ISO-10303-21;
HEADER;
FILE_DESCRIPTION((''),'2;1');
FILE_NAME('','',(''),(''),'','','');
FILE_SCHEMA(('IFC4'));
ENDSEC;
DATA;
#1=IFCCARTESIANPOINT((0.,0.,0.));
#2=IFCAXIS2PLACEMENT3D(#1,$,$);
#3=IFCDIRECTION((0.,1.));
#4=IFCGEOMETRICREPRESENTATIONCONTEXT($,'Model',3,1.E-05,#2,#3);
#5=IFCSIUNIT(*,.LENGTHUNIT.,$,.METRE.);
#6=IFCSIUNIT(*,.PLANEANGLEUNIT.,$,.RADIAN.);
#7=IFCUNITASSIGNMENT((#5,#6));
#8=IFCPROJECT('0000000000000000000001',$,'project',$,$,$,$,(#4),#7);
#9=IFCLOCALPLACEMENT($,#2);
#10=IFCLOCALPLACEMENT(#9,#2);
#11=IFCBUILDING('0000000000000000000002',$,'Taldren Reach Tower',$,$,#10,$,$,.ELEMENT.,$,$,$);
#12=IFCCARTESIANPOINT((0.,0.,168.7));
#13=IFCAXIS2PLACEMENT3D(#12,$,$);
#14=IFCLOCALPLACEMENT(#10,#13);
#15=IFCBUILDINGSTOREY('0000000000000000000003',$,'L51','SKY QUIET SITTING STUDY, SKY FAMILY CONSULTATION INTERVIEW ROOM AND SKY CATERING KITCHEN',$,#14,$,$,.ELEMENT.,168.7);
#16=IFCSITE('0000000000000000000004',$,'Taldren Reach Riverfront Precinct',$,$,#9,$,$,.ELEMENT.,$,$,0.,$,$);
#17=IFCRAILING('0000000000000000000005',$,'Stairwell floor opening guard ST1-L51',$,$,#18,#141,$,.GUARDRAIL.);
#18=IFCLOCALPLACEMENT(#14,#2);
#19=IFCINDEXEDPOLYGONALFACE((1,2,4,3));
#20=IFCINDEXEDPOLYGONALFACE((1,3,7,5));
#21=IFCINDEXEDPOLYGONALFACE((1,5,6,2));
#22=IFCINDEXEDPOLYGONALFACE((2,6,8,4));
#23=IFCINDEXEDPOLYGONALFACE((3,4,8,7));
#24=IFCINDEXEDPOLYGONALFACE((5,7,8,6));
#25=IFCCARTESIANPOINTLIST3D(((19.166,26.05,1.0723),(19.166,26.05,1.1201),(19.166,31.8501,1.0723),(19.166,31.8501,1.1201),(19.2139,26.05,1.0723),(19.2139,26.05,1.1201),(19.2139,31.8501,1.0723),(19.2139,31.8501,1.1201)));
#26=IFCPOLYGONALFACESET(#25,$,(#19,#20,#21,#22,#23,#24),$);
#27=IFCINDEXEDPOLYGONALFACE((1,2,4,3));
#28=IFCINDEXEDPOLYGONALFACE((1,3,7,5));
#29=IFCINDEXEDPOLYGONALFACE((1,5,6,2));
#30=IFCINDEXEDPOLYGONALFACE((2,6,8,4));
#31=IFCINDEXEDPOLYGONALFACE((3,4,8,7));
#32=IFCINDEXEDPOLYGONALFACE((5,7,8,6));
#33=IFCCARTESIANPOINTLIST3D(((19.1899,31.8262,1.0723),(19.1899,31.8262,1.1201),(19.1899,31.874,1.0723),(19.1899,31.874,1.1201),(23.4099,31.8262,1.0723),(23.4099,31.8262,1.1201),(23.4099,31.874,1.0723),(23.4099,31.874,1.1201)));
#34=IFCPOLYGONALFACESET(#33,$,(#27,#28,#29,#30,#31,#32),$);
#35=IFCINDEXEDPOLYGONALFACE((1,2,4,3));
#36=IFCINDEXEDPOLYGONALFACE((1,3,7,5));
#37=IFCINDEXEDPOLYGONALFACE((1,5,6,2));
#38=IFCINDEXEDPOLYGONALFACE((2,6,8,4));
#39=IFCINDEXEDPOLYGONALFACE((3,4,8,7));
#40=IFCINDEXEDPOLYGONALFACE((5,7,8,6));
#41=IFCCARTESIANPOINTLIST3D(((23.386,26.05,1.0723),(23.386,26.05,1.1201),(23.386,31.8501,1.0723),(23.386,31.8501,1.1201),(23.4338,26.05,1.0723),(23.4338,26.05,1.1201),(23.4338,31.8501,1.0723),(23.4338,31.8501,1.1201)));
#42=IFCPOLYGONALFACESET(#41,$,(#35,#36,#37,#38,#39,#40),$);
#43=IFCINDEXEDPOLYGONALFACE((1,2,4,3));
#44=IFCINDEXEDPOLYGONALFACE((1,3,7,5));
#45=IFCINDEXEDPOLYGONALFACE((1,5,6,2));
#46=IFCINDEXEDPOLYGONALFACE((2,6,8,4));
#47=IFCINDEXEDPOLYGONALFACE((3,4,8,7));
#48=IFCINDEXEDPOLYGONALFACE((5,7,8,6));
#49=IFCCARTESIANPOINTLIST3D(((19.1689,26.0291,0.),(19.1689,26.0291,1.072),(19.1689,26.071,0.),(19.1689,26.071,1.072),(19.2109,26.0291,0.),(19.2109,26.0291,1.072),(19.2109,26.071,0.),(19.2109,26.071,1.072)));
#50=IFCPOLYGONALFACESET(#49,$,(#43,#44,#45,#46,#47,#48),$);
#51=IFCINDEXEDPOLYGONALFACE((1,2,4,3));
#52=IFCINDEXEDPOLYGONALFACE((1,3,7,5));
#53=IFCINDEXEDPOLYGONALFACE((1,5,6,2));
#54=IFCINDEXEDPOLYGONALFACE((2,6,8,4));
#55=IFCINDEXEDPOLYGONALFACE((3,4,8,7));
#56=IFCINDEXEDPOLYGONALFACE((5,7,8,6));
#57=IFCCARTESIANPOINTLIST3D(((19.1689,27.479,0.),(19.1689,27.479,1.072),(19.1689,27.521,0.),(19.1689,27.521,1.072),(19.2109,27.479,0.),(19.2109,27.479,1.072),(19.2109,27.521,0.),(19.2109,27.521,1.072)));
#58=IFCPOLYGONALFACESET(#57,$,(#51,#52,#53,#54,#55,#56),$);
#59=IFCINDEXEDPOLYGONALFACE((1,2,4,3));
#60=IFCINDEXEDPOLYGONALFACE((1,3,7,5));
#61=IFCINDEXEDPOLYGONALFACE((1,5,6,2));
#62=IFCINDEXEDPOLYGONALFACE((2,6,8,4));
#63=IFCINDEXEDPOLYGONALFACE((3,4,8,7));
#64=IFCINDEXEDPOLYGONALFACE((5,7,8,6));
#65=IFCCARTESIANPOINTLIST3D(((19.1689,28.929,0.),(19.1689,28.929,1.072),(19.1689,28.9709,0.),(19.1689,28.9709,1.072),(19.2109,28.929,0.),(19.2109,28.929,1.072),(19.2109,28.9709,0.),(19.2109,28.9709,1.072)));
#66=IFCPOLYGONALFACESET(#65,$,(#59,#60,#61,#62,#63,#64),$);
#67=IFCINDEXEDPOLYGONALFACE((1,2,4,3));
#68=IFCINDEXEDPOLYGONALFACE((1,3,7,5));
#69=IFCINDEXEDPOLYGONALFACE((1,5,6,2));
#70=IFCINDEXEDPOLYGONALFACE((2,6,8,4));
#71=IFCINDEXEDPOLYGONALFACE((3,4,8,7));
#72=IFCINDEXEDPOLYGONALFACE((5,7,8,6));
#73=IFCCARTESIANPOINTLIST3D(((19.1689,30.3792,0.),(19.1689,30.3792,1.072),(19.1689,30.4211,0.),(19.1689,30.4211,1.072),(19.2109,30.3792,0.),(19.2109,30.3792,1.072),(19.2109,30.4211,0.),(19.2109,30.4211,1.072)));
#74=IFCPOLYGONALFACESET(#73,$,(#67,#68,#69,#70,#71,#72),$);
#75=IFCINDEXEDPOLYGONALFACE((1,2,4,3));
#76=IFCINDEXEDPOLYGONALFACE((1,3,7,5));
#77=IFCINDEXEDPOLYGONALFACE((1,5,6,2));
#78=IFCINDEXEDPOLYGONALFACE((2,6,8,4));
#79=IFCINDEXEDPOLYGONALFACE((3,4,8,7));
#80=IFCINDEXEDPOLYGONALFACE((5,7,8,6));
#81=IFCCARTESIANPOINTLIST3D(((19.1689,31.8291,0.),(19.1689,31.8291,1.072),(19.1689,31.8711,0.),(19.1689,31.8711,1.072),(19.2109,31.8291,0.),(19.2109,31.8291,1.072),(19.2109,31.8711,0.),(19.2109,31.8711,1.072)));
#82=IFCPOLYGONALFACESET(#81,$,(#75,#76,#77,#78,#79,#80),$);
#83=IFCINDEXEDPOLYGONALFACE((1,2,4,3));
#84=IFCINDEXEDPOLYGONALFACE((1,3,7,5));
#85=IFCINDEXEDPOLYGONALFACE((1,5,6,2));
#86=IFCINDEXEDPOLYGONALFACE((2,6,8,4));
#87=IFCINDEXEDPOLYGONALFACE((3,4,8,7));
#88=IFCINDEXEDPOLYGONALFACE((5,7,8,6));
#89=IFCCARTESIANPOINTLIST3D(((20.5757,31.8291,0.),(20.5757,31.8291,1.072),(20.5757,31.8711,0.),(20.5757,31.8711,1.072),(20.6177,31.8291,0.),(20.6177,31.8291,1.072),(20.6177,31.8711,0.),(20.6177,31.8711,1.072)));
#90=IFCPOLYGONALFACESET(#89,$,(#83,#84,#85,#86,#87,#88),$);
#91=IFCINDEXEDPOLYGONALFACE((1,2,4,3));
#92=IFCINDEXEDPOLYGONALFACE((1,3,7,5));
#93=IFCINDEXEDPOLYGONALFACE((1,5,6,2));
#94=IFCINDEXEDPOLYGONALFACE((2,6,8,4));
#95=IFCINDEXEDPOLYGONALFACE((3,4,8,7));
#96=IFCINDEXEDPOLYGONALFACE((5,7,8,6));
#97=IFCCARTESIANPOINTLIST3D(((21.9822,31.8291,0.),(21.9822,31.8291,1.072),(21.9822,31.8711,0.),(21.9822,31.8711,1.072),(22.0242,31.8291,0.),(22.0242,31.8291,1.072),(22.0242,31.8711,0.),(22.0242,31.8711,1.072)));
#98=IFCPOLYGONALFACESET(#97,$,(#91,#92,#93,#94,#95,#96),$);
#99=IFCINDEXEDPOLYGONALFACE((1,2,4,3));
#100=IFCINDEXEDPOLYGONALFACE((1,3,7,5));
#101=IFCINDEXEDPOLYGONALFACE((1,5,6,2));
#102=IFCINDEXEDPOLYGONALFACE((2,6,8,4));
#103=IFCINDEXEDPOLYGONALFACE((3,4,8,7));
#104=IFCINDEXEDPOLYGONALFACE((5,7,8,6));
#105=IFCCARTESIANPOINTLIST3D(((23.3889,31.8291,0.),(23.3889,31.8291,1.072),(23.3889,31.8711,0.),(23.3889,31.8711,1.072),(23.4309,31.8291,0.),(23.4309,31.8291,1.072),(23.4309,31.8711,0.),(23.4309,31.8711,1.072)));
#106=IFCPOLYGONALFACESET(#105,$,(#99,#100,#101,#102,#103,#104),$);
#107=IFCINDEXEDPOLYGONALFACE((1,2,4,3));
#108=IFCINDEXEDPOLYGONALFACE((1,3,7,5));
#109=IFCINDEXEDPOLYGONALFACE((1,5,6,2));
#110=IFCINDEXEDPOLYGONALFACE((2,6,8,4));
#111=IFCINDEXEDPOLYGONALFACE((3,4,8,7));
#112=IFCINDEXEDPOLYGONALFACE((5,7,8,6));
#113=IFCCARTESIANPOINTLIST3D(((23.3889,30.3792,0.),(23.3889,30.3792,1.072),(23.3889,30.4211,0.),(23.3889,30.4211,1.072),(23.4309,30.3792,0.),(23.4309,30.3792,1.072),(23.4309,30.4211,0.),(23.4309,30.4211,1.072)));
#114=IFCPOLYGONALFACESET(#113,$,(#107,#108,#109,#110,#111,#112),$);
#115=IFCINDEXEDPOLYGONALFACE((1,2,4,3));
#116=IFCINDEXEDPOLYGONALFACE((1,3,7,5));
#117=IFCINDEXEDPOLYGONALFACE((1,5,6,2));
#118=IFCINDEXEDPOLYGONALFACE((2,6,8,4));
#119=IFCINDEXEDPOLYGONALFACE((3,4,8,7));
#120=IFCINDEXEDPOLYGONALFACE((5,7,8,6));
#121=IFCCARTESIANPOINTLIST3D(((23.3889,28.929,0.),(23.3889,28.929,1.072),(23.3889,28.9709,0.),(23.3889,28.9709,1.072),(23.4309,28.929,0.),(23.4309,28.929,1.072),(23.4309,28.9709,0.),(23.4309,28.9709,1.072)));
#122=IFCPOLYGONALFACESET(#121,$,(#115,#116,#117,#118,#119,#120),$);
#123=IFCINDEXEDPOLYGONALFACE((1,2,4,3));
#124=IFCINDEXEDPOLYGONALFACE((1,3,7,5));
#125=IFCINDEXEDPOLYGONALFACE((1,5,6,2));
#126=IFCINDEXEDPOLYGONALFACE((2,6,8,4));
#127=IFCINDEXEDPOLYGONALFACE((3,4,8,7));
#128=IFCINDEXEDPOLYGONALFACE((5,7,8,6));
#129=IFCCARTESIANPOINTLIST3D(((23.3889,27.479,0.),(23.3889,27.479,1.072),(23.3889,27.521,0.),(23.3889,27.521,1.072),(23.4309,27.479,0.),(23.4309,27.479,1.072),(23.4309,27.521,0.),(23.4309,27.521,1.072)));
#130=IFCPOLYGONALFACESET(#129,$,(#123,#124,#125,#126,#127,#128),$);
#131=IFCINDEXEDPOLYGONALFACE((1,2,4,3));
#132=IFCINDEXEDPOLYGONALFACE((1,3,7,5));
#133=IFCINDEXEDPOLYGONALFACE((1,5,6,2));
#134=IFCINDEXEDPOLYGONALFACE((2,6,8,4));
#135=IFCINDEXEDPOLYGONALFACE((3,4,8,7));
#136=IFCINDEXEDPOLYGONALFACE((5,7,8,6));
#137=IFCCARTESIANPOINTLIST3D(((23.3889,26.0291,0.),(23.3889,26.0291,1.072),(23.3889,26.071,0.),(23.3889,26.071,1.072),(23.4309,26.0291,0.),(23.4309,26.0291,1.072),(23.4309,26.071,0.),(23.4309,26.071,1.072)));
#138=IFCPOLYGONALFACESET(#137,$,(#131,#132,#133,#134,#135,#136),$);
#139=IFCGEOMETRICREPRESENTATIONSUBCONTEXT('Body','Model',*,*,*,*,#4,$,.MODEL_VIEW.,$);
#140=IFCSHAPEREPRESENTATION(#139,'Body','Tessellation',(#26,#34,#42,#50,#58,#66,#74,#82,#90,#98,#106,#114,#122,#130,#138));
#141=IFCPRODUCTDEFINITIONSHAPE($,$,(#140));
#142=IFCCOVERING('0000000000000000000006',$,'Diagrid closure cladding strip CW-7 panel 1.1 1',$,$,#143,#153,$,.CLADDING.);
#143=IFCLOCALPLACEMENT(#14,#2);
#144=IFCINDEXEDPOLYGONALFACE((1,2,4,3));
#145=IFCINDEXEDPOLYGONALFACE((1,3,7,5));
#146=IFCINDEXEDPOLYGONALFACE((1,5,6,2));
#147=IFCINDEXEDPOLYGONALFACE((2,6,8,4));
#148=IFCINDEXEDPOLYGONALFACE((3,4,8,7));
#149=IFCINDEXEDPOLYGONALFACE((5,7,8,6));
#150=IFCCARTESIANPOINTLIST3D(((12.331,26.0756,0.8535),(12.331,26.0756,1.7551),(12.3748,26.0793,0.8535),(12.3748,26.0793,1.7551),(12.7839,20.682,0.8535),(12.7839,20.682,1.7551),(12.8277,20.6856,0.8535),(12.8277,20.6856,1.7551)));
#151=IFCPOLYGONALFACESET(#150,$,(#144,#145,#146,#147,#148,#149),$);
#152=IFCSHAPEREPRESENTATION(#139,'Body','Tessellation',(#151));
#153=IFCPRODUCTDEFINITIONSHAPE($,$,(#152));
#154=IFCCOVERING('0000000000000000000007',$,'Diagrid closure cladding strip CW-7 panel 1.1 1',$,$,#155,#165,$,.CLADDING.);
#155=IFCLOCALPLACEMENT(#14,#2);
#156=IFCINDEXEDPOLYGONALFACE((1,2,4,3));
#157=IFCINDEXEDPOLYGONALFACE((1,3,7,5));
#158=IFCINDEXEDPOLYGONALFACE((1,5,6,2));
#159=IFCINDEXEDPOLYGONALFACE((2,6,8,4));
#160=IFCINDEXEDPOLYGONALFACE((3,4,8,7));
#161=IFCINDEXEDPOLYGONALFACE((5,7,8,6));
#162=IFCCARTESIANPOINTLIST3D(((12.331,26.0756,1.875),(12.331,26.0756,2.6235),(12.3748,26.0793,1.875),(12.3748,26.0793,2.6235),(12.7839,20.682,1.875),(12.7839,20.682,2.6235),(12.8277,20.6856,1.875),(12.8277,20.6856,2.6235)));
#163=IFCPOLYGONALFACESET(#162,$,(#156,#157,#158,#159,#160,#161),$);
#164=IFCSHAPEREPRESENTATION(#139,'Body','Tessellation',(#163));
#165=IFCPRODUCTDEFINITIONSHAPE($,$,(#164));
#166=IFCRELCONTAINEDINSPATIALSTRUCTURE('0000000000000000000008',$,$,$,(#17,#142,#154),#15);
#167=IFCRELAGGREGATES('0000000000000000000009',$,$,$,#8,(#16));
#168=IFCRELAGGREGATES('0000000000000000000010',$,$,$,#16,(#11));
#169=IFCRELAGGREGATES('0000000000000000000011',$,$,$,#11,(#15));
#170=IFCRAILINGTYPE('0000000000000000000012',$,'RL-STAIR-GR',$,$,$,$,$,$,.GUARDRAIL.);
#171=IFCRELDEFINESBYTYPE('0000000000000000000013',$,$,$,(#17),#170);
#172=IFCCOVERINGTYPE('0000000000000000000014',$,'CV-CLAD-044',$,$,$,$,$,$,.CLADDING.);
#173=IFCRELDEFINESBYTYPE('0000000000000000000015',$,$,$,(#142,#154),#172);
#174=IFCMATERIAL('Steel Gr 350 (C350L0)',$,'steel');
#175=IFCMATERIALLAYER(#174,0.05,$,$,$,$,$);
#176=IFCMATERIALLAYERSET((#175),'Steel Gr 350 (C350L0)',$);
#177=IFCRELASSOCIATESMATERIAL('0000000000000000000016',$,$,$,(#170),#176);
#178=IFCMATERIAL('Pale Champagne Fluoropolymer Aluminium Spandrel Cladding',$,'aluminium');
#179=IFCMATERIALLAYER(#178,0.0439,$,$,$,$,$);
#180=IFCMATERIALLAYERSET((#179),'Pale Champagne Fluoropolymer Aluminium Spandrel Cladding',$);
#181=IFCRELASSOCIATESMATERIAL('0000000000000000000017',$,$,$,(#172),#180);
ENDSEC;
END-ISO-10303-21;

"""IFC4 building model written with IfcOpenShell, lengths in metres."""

from ifc_helpers import new_model, si_unit, direction, frame, origin, origin_2d, place, context, subcontext, project, spatial, rectangle, extrude, source, transform, mapped, material, layer, layer_set, type_object, element, save


model = new_model("IFC4")

# Units and contexts
model_context = context("Model", 3, precision=1e-05, world=origin(), true_north=direction((0.0, 1.0)))
body_context = subcontext(model_context, "Body", "Model", "MODEL_VIEW")
ifc_project = project(units=[si_unit("LENGTHUNIT", "METRE"), si_unit("PLANEANGLEUNIT", "RADIAN")], contexts=[model_context])

# Site, building, storey
site_placement = place(None, origin())
site = spatial("IfcSite", under=ifc_project, at=site_placement, Name="Taldren Reach Riverfront Precinct", CompositionType="ELEMENT", RefElevation=0.0)
building_placement = place(site_placement, origin())
building = spatial("IfcBuilding", under=site, at=building_placement, Name="Taldren Reach Tower", CompositionType="ELEMENT")
storey_placement = place(building_placement, frame((0.0, 0.0, 168.7)))
storey = spatial("IfcBuildingStorey", under=building, at=storey_placement, Name="L51", Description="SKY QUIET SITTING STUDY, SKY FAMILY CONSULTATION INTERVIEW ROOM AND SKY CATERING KITCHEN", CompositionType="ELEMENT", Elevation=168.7)

# Shared definitions
ifc_material_1 = material(Name="Steel Gr 350 (C350L0)", Category="steel")

# Railing
ifc_layer_1 = layer(ifc_material_1, 0.05)
ifc_layer_set_1 = layer_set([ifc_layer_1], Name="Steel Gr 350 (C350L0)")
railing_type = type_object("IfcRailingType", Name="RL-STAIR-GR", PredefinedType="GUARDRAIL", material=ifc_layer_set_1)
railing_1_placement = place(storey_placement, frame((19.1899, 26.05, 0.0)))
element("IfcRailing", 1, at=railing_1_placement, inside=storey, type_object=railing_type, Name="Stairwell floor opening guard ST1-L51", PredefinedType="GUARDRAIL", context=body_context, shape_type="SweptSolid", body=[
    extrude(rectangle(XDim=0.0479, YDim=0.0479, at=origin_2d()), frame((0.0, 0.0, 1.0962), z_axis=(0.0, 1.0, 0.0), x_axis=(-1.0, 0.0, 0.0)), (0.0, 0.0, 1.0), 5.8),
    extrude(rectangle(XDim=0.0479, YDim=0.0479, at=origin_2d()), frame((0.0, 5.8, 1.0962), z_axis=(1.0, 0.0, 0.0), x_axis=(0.0, 1.0, 0.0)), (0.0, 0.0, 1.0), 4.22),
    extrude(rectangle(XDim=0.0479, YDim=0.0479, at=origin_2d()), frame((4.22, 5.8, 1.0962), z_axis=(0.0, -1.0, 0.0), x_axis=(1.0, 0.0, 0.0)), (0.0, 0.0, 1.0), 5.8),
    extrude(rectangle(XDim=0.042, YDim=0.042, at=origin_2d()), origin(), (0.0, 0.0, 1.0), 1.072),
    extrude(rectangle(XDim=0.042, YDim=0.042, at=origin_2d()), frame((0.0, 1.45, 0.0)), (0.0, 0.0, 1.0), 1.072),
    extrude(rectangle(XDim=0.042, YDim=0.042, at=origin_2d()), frame((0.0, 2.8999, 0.0)), (0.0, 0.0, 1.0), 1.072),
    extrude(rectangle(XDim=0.042, YDim=0.042, at=origin_2d()), frame((0.0, 4.3501, 0.0)), (0.0, 0.0, 1.0), 1.072),
    extrude(rectangle(XDim=0.042, YDim=0.042, at=origin_2d()), frame((0.0, 5.8, 0.0)), (0.0, 0.0, 1.0), 1.072),
    extrude(rectangle(XDim=0.042, YDim=0.042, at=origin_2d()), frame((1.4067, 5.8, 0.0)), (0.0, 0.0, 1.0), 1.072),
    extrude(rectangle(XDim=0.042, YDim=0.042, at=origin_2d()), frame((2.8132, 5.8, 0.0)), (0.0, 0.0, 1.0), 1.072),
    extrude(rectangle(XDim=0.042, YDim=0.042, at=origin_2d()), frame((4.22, 5.8, 0.0)), (0.0, 0.0, 1.0), 1.072),
    extrude(rectangle(XDim=0.042, YDim=0.042, at=origin_2d()), frame((4.22, 4.3501, 0.0)), (0.0, 0.0, 1.0), 1.072),
    extrude(rectangle(XDim=0.042, YDim=0.042, at=origin_2d()), frame((4.22, 2.8999, 0.0)), (0.0, 0.0, 1.0), 1.072),
    extrude(rectangle(XDim=0.042, YDim=0.042, at=origin_2d()), frame((4.22, 1.45, 0.0)), (0.0, 0.0, 1.0), 1.072),
    extrude(rectangle(XDim=0.042, YDim=0.042, at=origin_2d()), frame((4.22, 0.0, 0.0)), (0.0, 0.0, 1.0), 1.072),
])

# Coverings
ifc_material_2 = material(Name="Pale Champagne Fluoropolymer Aluminium Spandrel Cladding", Category="aluminium")
ifc_layer_2 = layer(ifc_material_2, 0.0439)
ifc_layer_set_2 = layer_set([ifc_layer_2], Name="Pale Champagne Fluoropolymer Aluminium Spandrel Cladding")
covering_type = type_object("IfcCoveringType", Name="CV-CLAD-044", PredefinedType="CLADDING", material=ifc_layer_set_2)
shared_shape_1 = source(origin(), body_context, "Body", "SweptSolid", [
    extrude(rectangle(XDim=5.4126, YDim=0.0439, at=origin_2d()), origin(), (0.0, 0.0, 1.0), 0.9016),
])
covering_1_placement = place(storey_placement, frame((12.5793, 23.3806, 0.8535), z_axis=(0.0, 0.0, 1.0), x_axis=(0.083678, -0.996493, 0.0)))
element("IfcCovering", 2, at=covering_1_placement, inside=storey, type_object=covering_type, Name="Diagrid closure cladding strip CW-7 panel 1.1 1", PredefinedType="CLADDING", context=body_context, shape_type="MappedRepresentation", body=[
    mapped(shared_shape_1, transform((0.0, 0.0, 0.0), scale=1.0)),
])
shared_shape_2 = source(origin(), body_context, "Body", "SweptSolid", [
    extrude(rectangle(XDim=5.4126, YDim=0.0439, at=origin_2d()), origin(), (0.0, 0.0, 1.0), 0.7485),
])
covering_2_placement = place(storey_placement, frame((12.5793, 23.3806, 1.875), z_axis=(0.0, 0.0, 1.0), x_axis=(0.083678, -0.996493, 0.0)))
element("IfcCovering", 3, at=covering_2_placement, inside=storey, type_object=covering_type, Name="Diagrid closure cladding strip CW-7 panel 1.1 1", PredefinedType="CLADDING", context=body_context, shape_type="MappedRepresentation", body=[
    mapped(shared_shape_2, transform((0.0, 0.0, 0.0), scale=1.0)),
])

save(model, "model.ifc")
